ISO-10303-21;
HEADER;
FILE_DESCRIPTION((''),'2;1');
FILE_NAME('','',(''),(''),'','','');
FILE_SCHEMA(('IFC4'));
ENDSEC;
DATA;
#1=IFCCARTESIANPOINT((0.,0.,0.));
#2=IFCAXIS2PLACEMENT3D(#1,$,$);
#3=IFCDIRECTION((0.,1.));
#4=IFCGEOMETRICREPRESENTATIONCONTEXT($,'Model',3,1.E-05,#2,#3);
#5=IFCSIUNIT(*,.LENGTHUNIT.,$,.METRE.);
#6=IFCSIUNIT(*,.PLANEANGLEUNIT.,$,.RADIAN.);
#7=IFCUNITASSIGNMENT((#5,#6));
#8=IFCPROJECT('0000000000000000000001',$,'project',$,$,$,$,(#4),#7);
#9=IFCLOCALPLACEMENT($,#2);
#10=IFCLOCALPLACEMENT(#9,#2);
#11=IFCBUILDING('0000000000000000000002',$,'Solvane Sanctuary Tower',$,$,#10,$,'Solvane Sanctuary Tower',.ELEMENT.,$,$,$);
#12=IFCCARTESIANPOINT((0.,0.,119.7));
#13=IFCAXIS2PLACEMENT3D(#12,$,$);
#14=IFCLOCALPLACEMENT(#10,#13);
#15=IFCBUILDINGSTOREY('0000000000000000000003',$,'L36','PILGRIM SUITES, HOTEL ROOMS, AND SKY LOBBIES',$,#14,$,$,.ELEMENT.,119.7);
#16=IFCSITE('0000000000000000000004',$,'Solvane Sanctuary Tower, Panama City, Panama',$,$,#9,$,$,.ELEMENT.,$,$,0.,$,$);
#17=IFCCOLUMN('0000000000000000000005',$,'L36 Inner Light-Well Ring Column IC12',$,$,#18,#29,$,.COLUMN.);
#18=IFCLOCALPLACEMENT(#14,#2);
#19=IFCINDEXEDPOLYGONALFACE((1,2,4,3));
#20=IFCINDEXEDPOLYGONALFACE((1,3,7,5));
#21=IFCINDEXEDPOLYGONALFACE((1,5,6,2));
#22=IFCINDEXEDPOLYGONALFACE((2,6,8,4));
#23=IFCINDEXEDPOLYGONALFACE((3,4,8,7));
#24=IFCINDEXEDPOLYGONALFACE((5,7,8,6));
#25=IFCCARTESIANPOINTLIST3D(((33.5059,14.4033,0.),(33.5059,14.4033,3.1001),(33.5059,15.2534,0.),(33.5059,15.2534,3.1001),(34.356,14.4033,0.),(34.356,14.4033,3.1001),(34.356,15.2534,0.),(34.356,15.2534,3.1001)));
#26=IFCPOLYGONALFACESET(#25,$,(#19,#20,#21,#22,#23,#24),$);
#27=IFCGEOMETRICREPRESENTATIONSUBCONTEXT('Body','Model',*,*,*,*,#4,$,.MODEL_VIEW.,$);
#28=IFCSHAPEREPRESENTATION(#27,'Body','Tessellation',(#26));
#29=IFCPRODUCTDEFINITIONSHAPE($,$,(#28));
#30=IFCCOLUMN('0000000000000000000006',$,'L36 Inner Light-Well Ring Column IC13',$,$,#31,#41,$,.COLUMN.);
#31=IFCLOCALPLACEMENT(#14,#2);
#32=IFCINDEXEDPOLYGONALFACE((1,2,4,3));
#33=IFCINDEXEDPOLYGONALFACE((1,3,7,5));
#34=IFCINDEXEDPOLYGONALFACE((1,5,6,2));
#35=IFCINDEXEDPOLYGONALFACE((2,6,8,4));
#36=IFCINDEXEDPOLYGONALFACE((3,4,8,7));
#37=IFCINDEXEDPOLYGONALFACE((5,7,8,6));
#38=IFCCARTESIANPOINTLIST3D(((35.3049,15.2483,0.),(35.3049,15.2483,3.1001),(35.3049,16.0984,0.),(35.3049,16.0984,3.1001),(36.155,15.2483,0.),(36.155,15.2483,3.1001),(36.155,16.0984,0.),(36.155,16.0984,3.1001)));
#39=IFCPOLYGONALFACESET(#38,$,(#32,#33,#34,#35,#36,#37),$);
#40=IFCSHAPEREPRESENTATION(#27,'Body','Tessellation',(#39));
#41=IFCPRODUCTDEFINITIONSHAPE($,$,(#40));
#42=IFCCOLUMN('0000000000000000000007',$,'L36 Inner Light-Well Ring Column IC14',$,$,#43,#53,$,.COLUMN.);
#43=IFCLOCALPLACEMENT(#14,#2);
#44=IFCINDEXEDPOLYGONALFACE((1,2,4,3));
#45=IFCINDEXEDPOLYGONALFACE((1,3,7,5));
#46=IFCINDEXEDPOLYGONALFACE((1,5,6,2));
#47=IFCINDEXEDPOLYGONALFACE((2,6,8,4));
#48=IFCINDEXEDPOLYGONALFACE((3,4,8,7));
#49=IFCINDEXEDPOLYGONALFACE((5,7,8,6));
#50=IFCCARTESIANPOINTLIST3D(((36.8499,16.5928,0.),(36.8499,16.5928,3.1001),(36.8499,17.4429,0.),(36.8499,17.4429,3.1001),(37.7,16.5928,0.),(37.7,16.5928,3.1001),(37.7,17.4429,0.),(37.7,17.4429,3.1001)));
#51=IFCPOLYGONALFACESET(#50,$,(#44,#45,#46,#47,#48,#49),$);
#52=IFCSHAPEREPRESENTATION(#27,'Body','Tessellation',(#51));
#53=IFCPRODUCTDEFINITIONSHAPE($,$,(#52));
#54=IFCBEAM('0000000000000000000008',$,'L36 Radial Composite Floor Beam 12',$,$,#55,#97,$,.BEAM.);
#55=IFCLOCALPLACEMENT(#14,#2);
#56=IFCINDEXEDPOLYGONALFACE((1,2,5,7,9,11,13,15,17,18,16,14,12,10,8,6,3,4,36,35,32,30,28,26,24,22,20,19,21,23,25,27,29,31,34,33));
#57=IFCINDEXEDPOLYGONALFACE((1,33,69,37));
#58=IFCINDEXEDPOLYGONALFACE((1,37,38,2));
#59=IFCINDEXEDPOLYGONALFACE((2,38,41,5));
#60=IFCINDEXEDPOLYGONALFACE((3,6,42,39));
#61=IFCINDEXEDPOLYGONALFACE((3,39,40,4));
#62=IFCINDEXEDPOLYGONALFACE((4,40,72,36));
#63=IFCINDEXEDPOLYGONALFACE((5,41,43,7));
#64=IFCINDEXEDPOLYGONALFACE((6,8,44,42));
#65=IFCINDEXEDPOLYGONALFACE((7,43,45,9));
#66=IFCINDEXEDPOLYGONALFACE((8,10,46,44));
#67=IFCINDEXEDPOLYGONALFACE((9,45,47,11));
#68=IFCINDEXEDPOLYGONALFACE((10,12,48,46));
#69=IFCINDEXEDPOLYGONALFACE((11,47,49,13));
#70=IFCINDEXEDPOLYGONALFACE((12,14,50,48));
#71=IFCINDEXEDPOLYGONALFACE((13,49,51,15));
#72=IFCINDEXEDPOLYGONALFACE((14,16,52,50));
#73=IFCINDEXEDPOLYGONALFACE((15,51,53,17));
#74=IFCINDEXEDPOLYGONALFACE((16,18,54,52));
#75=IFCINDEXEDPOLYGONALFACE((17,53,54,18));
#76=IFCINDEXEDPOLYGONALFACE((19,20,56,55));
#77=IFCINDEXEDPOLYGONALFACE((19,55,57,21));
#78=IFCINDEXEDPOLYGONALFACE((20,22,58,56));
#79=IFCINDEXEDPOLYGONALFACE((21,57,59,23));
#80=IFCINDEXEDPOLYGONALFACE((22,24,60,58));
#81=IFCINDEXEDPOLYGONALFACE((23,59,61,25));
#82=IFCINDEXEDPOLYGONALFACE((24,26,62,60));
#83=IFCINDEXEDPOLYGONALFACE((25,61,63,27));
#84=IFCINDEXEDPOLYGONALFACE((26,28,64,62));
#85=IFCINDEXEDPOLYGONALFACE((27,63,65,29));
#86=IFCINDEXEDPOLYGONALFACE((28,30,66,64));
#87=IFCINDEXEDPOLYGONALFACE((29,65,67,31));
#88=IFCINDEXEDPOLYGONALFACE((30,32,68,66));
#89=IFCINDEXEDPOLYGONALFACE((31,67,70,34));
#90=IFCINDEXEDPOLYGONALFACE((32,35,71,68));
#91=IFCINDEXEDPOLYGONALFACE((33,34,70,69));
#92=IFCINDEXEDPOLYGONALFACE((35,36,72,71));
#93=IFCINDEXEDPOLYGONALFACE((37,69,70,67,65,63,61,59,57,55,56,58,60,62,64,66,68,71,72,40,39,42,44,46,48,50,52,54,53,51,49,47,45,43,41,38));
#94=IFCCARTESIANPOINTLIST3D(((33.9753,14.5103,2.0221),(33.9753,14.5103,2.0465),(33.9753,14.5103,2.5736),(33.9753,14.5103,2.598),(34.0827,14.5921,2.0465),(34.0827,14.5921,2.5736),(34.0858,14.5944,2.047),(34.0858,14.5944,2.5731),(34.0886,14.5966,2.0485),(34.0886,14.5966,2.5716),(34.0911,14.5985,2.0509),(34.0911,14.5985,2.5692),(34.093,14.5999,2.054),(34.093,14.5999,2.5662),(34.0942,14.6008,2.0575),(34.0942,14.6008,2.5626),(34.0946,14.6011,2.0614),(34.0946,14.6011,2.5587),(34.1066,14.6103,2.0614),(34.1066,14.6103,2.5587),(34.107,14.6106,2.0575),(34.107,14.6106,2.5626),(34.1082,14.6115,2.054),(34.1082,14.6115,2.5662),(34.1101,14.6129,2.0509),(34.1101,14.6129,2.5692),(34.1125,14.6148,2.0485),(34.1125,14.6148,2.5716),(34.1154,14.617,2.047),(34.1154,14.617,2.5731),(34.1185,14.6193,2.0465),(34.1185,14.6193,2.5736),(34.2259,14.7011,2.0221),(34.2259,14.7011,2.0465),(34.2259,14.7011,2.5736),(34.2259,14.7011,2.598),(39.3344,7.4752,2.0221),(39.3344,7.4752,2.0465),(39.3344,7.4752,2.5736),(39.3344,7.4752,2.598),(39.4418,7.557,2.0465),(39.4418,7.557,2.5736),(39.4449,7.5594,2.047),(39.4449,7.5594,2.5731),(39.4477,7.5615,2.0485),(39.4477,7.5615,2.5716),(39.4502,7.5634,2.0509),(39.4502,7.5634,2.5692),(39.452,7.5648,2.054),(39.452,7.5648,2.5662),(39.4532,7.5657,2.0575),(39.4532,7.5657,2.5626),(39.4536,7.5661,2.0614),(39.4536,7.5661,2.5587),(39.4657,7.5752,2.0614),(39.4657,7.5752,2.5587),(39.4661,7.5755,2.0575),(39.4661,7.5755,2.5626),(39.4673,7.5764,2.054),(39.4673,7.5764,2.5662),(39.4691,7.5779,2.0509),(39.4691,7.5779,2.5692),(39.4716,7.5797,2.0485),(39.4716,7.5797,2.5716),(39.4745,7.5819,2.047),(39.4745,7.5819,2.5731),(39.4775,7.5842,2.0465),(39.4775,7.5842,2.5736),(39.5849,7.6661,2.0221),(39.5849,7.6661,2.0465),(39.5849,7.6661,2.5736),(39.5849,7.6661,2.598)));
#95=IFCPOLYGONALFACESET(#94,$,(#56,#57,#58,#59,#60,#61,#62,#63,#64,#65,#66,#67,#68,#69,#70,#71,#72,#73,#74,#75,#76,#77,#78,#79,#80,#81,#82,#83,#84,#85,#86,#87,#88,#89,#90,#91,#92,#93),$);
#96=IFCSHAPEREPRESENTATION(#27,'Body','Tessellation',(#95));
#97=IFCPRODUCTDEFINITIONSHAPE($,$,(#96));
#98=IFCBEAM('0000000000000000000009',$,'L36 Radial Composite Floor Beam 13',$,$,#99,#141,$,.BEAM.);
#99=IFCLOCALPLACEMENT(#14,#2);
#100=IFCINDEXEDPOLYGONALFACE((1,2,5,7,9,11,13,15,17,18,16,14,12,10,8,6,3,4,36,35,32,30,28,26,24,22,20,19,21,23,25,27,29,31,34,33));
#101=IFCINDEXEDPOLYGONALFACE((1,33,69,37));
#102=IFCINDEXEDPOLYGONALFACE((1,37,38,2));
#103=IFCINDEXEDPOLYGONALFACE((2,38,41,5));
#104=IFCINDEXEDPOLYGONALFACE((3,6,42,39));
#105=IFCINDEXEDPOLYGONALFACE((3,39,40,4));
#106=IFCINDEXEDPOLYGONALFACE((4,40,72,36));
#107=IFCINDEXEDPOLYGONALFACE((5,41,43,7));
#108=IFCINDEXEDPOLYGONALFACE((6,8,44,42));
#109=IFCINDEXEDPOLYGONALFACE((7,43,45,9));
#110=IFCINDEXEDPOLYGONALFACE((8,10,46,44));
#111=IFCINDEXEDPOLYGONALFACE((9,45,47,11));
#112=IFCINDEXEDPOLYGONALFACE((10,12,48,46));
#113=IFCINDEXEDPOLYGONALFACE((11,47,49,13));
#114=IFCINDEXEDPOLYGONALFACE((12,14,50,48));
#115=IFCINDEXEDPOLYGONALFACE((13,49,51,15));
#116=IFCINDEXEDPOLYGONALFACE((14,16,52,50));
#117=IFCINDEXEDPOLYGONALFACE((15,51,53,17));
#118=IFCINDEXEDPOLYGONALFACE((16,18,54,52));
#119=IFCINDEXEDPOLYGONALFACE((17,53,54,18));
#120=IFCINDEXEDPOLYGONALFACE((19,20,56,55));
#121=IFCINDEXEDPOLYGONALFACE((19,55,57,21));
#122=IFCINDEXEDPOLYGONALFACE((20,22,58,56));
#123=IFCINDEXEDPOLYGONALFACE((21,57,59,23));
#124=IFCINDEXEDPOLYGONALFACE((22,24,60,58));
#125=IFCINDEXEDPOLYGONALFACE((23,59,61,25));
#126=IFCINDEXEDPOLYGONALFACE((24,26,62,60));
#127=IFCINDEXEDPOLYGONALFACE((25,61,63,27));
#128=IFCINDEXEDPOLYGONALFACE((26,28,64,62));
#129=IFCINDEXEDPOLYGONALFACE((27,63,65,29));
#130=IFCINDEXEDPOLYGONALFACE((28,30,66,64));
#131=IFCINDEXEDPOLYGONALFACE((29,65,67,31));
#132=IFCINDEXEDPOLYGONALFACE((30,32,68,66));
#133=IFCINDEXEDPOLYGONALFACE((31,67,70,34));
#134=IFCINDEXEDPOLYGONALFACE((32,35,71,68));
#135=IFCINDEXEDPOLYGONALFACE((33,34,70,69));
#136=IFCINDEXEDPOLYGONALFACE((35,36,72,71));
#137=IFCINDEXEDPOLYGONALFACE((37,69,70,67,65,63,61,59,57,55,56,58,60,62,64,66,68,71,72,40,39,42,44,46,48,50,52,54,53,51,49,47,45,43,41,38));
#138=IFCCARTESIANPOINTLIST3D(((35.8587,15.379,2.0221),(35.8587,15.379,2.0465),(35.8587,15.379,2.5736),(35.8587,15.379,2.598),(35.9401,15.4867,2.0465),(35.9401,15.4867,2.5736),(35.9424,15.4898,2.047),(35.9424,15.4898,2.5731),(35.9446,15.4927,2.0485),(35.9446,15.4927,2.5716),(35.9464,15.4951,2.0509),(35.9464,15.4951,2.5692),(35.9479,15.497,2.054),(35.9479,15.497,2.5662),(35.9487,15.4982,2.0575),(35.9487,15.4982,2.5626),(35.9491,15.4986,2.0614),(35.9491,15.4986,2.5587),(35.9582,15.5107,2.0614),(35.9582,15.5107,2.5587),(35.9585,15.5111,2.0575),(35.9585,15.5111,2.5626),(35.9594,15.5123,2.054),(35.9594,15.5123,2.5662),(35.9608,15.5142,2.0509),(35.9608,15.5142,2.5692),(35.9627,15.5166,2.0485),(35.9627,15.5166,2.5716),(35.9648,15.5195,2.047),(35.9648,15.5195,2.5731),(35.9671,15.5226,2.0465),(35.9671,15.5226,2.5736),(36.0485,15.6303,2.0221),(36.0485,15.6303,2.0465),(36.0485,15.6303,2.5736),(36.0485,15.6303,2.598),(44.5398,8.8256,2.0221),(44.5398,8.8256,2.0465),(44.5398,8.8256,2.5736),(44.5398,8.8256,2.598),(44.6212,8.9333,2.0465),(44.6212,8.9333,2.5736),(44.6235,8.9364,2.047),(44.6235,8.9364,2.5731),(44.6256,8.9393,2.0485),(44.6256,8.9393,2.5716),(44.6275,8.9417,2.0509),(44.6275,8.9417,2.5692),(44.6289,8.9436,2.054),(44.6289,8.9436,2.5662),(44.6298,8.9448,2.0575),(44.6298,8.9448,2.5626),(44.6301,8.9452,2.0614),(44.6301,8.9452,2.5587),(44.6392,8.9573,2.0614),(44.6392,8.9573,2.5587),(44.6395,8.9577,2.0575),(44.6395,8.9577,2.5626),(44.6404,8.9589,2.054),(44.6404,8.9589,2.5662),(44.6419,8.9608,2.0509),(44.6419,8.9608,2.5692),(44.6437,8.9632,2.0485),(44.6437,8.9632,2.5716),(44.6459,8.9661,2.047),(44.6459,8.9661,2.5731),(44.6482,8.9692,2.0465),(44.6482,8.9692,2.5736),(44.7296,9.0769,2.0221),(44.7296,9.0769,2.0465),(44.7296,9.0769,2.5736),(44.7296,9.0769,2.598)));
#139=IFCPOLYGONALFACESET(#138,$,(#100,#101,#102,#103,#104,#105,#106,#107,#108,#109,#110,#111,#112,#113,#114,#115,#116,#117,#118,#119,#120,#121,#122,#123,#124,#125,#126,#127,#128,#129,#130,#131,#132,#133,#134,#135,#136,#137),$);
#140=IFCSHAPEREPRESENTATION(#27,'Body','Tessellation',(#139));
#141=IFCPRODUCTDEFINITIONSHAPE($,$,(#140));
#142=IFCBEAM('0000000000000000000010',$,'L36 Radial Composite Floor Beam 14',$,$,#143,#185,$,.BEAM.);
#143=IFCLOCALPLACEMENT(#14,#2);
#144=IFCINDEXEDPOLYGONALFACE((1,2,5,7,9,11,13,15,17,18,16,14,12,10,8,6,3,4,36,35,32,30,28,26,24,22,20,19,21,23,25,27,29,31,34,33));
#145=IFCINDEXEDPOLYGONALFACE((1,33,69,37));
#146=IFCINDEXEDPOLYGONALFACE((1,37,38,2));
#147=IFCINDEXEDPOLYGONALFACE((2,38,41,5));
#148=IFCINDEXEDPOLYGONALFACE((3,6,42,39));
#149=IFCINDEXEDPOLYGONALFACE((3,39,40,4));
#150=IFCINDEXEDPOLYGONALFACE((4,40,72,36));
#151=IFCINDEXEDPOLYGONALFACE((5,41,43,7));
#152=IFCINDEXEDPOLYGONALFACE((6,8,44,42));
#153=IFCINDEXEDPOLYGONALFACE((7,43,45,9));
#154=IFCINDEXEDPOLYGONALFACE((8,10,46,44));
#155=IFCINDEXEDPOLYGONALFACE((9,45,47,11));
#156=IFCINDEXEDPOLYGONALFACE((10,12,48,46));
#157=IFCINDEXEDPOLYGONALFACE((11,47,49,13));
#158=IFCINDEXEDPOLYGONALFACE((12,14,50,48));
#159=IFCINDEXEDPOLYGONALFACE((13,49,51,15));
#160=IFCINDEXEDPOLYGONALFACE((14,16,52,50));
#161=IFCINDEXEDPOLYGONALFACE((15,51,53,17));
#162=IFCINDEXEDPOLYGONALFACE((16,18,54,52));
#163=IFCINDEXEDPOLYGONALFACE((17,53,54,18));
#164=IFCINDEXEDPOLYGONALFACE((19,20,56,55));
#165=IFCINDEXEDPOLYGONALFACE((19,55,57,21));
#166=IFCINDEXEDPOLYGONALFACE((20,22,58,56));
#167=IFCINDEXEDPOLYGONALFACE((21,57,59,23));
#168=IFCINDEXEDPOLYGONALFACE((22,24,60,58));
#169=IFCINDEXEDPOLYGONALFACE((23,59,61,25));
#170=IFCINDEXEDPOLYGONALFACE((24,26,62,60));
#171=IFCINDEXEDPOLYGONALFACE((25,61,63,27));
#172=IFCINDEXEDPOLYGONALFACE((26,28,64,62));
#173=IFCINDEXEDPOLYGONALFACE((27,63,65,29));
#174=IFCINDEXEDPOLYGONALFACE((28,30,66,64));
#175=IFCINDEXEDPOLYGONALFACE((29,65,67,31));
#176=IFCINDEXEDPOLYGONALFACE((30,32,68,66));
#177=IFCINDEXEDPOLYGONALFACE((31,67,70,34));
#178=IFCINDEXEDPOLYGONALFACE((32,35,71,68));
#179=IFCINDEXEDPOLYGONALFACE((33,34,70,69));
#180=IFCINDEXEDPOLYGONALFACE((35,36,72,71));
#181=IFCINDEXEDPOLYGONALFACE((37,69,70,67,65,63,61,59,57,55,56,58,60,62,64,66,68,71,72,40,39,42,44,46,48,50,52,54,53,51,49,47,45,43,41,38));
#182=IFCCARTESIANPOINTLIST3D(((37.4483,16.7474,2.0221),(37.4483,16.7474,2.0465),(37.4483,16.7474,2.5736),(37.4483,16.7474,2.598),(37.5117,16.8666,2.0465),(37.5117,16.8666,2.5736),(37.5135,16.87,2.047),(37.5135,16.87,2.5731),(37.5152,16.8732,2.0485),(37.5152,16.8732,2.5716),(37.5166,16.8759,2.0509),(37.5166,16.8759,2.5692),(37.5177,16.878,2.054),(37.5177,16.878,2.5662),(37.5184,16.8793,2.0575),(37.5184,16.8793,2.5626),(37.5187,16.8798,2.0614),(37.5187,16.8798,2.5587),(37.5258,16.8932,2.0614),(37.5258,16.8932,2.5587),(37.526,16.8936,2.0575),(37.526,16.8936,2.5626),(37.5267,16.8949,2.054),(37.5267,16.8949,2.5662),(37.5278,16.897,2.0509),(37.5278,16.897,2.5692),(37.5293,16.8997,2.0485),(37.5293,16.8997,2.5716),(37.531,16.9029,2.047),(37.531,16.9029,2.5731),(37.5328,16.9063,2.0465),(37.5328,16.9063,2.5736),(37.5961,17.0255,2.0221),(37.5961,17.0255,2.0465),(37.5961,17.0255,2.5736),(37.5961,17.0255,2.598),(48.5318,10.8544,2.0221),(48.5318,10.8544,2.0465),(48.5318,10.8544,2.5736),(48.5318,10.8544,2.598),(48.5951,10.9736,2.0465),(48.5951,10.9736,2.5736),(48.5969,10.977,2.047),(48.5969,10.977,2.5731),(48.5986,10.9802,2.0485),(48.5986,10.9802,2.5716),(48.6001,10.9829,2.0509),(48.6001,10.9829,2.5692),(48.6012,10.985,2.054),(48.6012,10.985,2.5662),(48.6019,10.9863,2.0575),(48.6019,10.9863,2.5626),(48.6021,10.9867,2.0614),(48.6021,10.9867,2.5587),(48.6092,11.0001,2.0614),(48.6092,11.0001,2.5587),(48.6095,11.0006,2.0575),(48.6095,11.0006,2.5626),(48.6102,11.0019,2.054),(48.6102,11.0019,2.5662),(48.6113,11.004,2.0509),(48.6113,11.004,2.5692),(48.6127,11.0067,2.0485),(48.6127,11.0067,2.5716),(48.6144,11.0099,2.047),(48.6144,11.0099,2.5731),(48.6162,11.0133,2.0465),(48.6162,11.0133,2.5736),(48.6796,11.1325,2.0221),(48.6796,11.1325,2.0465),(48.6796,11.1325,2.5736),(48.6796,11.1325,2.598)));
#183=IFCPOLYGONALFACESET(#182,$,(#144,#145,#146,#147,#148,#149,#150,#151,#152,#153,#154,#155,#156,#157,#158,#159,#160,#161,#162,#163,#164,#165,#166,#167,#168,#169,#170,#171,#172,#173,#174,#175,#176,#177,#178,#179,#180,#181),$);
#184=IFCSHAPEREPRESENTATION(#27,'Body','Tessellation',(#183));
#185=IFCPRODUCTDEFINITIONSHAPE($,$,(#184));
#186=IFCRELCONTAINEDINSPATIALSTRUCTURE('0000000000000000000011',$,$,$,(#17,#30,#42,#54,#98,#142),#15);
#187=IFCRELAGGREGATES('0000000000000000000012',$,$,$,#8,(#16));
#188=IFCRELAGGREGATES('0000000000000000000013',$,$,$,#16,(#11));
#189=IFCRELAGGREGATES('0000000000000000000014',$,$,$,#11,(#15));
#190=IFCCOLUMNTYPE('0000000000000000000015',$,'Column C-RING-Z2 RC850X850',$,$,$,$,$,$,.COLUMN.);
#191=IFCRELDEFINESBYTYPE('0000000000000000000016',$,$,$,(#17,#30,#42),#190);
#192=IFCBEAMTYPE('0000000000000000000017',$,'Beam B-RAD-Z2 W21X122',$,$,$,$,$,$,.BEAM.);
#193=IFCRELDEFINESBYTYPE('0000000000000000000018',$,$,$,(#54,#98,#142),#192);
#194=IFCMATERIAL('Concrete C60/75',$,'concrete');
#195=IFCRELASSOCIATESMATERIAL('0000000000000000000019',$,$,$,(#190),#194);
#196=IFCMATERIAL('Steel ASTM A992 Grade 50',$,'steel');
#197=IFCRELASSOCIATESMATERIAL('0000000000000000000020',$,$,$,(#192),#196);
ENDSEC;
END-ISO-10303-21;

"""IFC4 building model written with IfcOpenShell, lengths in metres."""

from ifc_helpers import new_model, si_unit, direction, frame, origin, origin_2d, place, context, subcontext, project, spatial, rectangle, i_section, extrude, material, material_profile, profile_set, type_object, element, save


model = new_model("IFC4")

# Units and contexts
model_context = context("Model", 3, precision=1e-05, world=origin(), true_north=direction((0.0, 1.0)))
body_context = subcontext(model_context, "Body", "Model", "MODEL_VIEW")
ifc_project = project(units=[si_unit("LENGTHUNIT", "METRE"), si_unit("PLANEANGLEUNIT", "RADIAN")], contexts=[model_context])

# Site, building, storey
site_placement = place(None, origin())
site = spatial("IfcSite", under=ifc_project, at=site_placement, Name="Solvane Sanctuary Tower, Panama City, Panama", CompositionType="ELEMENT", RefElevation=0.0)
building_placement = place(site_placement, origin())
building = spatial("IfcBuilding", under=site, at=building_placement, Name="Solvane Sanctuary Tower", LongName="Solvane Sanctuary Tower", CompositionType="ELEMENT")
storey_placement = place(building_placement, frame((0.0, 0.0, 119.7)))
storey = spatial("IfcBuildingStorey", under=building, at=storey_placement, Name="L36", Description="PILGRIM SUITES, HOTEL ROOMS, AND SKY LOBBIES", CompositionType="ELEMENT", Elevation=119.7)

# Columns
ifc_material_1 = material(Name="Concrete C60/75", Category="concrete")
ifc_material_profile_1 = material_profile(ifc_material_1, rectangle(XDim=0.8501, YDim=0.8501, at=origin_2d()), Name="RC850X850")
ifc_profile_set_1 = profile_set([ifc_material_profile_1], Name="Concrete C60/75")
column_type = type_object("IfcColumnType", Name="Column C-RING-Z2 RC850X850", PredefinedType="COLUMN", material=ifc_profile_set_1)
for number, where, z_axis, x_axis, name in (
    (1, (33.9309, 14.8284, 0.0), (0.0, 0.0, 1.0), (1.0, 0.0, 0.0), "L36 Inner Light-Well Ring Column IC12"),
    (2, (35.73, 15.6733, 0.0), (0.0, 0.0, 1.0), (1.0, 0.0, 0.0), "L36 Inner Light-Well Ring Column IC13"),
    (3, (37.2749, 17.0178, 0.0), (0.0, 0.0, 1.0), (1.0, 0.0, 0.0), "L36 Inner Light-Well Ring Column IC14"),
):
    element("IfcColumn", number, at=place(storey_placement, frame(where, z_axis=z_axis, x_axis=x_axis)), inside=storey, type_object=column_type, Name=name, PredefinedType="COLUMN", context=body_context, shape_type="SweptSolid", body=[
        extrude(rectangle(XDim=0.8501, YDim=0.8501, at=origin_2d()), origin(), (0.0, 0.0, 1.0), 3.1001),
    ])

# Beams
ifc_material_2 = material(Name="Steel ASTM A992 Grade 50", Category="steel")
ifc_material_profile_2 = material_profile(ifc_material_2, i_section(OverallWidth=0.3149, OverallDepth=0.5759, WebThickness=0.0151, FlangeThickness=0.0244, FilletRadius=0.0149, at=origin_2d()), Name="W21X122")
ifc_profile_set_2 = profile_set([ifc_material_profile_2], Name="Steel ASTM A992 Grade 50")
beam_type_1 = type_object("IfcBeamType", Name="Beam B-RAD-Z2 W21X122", PredefinedType="BEAM", material=ifc_profile_set_2)
beam_1_placement = place(storey_placement, frame((34.1006, 14.6057, 2.3101), z_axis=(0.605973, -0.795486, 0.0), x_axis=(0.795486, 0.605973, 0.0)))
element("IfcBeam", 4, at=beam_1_placement, inside=storey, type_object=beam_type_1, Name="L36 Radial Composite Floor Beam 12", PredefinedType="BEAM", context=body_context, shape_type="SweptSolid", body=[
    extrude(i_section(OverallWidth=0.3149, OverallDepth=0.5759, WebThickness=0.0151, FlangeThickness=0.0244, FilletRadius=0.0149, at=origin_2d()), origin(), (0.0, 0.0, 1.0), 8.8438),
])
beam_2_placement = place(storey_placement, frame((35.9536, 15.5046, 2.3101), z_axis=(0.798116, -0.602504, 0.0), x_axis=(0.602504, 0.798116, 0.0)))
element("IfcBeam", 5, at=beam_2_placement, inside=storey, type_object=beam_type_1, Name="L36 Radial Composite Floor Beam 13", PredefinedType="BEAM", context=body_context, shape_type="SweptSolid", body=[
    extrude(i_section(OverallWidth=0.3149, OverallDepth=0.5759, WebThickness=0.0151, FlangeThickness=0.0244, FilletRadius=0.0149, at=origin_2d()), origin(), (0.0, 0.0, 1.0), 10.877),
])
beam_3_placement = place(storey_placement, frame((37.5222, 16.8865, 2.3101), z_axis=(0.882952, -0.469463, 0.0), x_axis=(0.469463, 0.882952, 0.0)))
element("IfcBeam", 6, at=beam_3_placement, inside=storey, type_object=beam_type_1, Name="L36 Radial Composite Floor Beam 14", PredefinedType="BEAM", context=body_context, shape_type="SweptSolid", body=[
    extrude(i_section(OverallWidth=0.3149, OverallDepth=0.5759, WebThickness=0.0151, FlangeThickness=0.0244, FilletRadius=0.0149, at=origin_2d()), origin(), (0.0, 0.0, 1.0), 12.5527),
])

save(model, "model.ifc")
